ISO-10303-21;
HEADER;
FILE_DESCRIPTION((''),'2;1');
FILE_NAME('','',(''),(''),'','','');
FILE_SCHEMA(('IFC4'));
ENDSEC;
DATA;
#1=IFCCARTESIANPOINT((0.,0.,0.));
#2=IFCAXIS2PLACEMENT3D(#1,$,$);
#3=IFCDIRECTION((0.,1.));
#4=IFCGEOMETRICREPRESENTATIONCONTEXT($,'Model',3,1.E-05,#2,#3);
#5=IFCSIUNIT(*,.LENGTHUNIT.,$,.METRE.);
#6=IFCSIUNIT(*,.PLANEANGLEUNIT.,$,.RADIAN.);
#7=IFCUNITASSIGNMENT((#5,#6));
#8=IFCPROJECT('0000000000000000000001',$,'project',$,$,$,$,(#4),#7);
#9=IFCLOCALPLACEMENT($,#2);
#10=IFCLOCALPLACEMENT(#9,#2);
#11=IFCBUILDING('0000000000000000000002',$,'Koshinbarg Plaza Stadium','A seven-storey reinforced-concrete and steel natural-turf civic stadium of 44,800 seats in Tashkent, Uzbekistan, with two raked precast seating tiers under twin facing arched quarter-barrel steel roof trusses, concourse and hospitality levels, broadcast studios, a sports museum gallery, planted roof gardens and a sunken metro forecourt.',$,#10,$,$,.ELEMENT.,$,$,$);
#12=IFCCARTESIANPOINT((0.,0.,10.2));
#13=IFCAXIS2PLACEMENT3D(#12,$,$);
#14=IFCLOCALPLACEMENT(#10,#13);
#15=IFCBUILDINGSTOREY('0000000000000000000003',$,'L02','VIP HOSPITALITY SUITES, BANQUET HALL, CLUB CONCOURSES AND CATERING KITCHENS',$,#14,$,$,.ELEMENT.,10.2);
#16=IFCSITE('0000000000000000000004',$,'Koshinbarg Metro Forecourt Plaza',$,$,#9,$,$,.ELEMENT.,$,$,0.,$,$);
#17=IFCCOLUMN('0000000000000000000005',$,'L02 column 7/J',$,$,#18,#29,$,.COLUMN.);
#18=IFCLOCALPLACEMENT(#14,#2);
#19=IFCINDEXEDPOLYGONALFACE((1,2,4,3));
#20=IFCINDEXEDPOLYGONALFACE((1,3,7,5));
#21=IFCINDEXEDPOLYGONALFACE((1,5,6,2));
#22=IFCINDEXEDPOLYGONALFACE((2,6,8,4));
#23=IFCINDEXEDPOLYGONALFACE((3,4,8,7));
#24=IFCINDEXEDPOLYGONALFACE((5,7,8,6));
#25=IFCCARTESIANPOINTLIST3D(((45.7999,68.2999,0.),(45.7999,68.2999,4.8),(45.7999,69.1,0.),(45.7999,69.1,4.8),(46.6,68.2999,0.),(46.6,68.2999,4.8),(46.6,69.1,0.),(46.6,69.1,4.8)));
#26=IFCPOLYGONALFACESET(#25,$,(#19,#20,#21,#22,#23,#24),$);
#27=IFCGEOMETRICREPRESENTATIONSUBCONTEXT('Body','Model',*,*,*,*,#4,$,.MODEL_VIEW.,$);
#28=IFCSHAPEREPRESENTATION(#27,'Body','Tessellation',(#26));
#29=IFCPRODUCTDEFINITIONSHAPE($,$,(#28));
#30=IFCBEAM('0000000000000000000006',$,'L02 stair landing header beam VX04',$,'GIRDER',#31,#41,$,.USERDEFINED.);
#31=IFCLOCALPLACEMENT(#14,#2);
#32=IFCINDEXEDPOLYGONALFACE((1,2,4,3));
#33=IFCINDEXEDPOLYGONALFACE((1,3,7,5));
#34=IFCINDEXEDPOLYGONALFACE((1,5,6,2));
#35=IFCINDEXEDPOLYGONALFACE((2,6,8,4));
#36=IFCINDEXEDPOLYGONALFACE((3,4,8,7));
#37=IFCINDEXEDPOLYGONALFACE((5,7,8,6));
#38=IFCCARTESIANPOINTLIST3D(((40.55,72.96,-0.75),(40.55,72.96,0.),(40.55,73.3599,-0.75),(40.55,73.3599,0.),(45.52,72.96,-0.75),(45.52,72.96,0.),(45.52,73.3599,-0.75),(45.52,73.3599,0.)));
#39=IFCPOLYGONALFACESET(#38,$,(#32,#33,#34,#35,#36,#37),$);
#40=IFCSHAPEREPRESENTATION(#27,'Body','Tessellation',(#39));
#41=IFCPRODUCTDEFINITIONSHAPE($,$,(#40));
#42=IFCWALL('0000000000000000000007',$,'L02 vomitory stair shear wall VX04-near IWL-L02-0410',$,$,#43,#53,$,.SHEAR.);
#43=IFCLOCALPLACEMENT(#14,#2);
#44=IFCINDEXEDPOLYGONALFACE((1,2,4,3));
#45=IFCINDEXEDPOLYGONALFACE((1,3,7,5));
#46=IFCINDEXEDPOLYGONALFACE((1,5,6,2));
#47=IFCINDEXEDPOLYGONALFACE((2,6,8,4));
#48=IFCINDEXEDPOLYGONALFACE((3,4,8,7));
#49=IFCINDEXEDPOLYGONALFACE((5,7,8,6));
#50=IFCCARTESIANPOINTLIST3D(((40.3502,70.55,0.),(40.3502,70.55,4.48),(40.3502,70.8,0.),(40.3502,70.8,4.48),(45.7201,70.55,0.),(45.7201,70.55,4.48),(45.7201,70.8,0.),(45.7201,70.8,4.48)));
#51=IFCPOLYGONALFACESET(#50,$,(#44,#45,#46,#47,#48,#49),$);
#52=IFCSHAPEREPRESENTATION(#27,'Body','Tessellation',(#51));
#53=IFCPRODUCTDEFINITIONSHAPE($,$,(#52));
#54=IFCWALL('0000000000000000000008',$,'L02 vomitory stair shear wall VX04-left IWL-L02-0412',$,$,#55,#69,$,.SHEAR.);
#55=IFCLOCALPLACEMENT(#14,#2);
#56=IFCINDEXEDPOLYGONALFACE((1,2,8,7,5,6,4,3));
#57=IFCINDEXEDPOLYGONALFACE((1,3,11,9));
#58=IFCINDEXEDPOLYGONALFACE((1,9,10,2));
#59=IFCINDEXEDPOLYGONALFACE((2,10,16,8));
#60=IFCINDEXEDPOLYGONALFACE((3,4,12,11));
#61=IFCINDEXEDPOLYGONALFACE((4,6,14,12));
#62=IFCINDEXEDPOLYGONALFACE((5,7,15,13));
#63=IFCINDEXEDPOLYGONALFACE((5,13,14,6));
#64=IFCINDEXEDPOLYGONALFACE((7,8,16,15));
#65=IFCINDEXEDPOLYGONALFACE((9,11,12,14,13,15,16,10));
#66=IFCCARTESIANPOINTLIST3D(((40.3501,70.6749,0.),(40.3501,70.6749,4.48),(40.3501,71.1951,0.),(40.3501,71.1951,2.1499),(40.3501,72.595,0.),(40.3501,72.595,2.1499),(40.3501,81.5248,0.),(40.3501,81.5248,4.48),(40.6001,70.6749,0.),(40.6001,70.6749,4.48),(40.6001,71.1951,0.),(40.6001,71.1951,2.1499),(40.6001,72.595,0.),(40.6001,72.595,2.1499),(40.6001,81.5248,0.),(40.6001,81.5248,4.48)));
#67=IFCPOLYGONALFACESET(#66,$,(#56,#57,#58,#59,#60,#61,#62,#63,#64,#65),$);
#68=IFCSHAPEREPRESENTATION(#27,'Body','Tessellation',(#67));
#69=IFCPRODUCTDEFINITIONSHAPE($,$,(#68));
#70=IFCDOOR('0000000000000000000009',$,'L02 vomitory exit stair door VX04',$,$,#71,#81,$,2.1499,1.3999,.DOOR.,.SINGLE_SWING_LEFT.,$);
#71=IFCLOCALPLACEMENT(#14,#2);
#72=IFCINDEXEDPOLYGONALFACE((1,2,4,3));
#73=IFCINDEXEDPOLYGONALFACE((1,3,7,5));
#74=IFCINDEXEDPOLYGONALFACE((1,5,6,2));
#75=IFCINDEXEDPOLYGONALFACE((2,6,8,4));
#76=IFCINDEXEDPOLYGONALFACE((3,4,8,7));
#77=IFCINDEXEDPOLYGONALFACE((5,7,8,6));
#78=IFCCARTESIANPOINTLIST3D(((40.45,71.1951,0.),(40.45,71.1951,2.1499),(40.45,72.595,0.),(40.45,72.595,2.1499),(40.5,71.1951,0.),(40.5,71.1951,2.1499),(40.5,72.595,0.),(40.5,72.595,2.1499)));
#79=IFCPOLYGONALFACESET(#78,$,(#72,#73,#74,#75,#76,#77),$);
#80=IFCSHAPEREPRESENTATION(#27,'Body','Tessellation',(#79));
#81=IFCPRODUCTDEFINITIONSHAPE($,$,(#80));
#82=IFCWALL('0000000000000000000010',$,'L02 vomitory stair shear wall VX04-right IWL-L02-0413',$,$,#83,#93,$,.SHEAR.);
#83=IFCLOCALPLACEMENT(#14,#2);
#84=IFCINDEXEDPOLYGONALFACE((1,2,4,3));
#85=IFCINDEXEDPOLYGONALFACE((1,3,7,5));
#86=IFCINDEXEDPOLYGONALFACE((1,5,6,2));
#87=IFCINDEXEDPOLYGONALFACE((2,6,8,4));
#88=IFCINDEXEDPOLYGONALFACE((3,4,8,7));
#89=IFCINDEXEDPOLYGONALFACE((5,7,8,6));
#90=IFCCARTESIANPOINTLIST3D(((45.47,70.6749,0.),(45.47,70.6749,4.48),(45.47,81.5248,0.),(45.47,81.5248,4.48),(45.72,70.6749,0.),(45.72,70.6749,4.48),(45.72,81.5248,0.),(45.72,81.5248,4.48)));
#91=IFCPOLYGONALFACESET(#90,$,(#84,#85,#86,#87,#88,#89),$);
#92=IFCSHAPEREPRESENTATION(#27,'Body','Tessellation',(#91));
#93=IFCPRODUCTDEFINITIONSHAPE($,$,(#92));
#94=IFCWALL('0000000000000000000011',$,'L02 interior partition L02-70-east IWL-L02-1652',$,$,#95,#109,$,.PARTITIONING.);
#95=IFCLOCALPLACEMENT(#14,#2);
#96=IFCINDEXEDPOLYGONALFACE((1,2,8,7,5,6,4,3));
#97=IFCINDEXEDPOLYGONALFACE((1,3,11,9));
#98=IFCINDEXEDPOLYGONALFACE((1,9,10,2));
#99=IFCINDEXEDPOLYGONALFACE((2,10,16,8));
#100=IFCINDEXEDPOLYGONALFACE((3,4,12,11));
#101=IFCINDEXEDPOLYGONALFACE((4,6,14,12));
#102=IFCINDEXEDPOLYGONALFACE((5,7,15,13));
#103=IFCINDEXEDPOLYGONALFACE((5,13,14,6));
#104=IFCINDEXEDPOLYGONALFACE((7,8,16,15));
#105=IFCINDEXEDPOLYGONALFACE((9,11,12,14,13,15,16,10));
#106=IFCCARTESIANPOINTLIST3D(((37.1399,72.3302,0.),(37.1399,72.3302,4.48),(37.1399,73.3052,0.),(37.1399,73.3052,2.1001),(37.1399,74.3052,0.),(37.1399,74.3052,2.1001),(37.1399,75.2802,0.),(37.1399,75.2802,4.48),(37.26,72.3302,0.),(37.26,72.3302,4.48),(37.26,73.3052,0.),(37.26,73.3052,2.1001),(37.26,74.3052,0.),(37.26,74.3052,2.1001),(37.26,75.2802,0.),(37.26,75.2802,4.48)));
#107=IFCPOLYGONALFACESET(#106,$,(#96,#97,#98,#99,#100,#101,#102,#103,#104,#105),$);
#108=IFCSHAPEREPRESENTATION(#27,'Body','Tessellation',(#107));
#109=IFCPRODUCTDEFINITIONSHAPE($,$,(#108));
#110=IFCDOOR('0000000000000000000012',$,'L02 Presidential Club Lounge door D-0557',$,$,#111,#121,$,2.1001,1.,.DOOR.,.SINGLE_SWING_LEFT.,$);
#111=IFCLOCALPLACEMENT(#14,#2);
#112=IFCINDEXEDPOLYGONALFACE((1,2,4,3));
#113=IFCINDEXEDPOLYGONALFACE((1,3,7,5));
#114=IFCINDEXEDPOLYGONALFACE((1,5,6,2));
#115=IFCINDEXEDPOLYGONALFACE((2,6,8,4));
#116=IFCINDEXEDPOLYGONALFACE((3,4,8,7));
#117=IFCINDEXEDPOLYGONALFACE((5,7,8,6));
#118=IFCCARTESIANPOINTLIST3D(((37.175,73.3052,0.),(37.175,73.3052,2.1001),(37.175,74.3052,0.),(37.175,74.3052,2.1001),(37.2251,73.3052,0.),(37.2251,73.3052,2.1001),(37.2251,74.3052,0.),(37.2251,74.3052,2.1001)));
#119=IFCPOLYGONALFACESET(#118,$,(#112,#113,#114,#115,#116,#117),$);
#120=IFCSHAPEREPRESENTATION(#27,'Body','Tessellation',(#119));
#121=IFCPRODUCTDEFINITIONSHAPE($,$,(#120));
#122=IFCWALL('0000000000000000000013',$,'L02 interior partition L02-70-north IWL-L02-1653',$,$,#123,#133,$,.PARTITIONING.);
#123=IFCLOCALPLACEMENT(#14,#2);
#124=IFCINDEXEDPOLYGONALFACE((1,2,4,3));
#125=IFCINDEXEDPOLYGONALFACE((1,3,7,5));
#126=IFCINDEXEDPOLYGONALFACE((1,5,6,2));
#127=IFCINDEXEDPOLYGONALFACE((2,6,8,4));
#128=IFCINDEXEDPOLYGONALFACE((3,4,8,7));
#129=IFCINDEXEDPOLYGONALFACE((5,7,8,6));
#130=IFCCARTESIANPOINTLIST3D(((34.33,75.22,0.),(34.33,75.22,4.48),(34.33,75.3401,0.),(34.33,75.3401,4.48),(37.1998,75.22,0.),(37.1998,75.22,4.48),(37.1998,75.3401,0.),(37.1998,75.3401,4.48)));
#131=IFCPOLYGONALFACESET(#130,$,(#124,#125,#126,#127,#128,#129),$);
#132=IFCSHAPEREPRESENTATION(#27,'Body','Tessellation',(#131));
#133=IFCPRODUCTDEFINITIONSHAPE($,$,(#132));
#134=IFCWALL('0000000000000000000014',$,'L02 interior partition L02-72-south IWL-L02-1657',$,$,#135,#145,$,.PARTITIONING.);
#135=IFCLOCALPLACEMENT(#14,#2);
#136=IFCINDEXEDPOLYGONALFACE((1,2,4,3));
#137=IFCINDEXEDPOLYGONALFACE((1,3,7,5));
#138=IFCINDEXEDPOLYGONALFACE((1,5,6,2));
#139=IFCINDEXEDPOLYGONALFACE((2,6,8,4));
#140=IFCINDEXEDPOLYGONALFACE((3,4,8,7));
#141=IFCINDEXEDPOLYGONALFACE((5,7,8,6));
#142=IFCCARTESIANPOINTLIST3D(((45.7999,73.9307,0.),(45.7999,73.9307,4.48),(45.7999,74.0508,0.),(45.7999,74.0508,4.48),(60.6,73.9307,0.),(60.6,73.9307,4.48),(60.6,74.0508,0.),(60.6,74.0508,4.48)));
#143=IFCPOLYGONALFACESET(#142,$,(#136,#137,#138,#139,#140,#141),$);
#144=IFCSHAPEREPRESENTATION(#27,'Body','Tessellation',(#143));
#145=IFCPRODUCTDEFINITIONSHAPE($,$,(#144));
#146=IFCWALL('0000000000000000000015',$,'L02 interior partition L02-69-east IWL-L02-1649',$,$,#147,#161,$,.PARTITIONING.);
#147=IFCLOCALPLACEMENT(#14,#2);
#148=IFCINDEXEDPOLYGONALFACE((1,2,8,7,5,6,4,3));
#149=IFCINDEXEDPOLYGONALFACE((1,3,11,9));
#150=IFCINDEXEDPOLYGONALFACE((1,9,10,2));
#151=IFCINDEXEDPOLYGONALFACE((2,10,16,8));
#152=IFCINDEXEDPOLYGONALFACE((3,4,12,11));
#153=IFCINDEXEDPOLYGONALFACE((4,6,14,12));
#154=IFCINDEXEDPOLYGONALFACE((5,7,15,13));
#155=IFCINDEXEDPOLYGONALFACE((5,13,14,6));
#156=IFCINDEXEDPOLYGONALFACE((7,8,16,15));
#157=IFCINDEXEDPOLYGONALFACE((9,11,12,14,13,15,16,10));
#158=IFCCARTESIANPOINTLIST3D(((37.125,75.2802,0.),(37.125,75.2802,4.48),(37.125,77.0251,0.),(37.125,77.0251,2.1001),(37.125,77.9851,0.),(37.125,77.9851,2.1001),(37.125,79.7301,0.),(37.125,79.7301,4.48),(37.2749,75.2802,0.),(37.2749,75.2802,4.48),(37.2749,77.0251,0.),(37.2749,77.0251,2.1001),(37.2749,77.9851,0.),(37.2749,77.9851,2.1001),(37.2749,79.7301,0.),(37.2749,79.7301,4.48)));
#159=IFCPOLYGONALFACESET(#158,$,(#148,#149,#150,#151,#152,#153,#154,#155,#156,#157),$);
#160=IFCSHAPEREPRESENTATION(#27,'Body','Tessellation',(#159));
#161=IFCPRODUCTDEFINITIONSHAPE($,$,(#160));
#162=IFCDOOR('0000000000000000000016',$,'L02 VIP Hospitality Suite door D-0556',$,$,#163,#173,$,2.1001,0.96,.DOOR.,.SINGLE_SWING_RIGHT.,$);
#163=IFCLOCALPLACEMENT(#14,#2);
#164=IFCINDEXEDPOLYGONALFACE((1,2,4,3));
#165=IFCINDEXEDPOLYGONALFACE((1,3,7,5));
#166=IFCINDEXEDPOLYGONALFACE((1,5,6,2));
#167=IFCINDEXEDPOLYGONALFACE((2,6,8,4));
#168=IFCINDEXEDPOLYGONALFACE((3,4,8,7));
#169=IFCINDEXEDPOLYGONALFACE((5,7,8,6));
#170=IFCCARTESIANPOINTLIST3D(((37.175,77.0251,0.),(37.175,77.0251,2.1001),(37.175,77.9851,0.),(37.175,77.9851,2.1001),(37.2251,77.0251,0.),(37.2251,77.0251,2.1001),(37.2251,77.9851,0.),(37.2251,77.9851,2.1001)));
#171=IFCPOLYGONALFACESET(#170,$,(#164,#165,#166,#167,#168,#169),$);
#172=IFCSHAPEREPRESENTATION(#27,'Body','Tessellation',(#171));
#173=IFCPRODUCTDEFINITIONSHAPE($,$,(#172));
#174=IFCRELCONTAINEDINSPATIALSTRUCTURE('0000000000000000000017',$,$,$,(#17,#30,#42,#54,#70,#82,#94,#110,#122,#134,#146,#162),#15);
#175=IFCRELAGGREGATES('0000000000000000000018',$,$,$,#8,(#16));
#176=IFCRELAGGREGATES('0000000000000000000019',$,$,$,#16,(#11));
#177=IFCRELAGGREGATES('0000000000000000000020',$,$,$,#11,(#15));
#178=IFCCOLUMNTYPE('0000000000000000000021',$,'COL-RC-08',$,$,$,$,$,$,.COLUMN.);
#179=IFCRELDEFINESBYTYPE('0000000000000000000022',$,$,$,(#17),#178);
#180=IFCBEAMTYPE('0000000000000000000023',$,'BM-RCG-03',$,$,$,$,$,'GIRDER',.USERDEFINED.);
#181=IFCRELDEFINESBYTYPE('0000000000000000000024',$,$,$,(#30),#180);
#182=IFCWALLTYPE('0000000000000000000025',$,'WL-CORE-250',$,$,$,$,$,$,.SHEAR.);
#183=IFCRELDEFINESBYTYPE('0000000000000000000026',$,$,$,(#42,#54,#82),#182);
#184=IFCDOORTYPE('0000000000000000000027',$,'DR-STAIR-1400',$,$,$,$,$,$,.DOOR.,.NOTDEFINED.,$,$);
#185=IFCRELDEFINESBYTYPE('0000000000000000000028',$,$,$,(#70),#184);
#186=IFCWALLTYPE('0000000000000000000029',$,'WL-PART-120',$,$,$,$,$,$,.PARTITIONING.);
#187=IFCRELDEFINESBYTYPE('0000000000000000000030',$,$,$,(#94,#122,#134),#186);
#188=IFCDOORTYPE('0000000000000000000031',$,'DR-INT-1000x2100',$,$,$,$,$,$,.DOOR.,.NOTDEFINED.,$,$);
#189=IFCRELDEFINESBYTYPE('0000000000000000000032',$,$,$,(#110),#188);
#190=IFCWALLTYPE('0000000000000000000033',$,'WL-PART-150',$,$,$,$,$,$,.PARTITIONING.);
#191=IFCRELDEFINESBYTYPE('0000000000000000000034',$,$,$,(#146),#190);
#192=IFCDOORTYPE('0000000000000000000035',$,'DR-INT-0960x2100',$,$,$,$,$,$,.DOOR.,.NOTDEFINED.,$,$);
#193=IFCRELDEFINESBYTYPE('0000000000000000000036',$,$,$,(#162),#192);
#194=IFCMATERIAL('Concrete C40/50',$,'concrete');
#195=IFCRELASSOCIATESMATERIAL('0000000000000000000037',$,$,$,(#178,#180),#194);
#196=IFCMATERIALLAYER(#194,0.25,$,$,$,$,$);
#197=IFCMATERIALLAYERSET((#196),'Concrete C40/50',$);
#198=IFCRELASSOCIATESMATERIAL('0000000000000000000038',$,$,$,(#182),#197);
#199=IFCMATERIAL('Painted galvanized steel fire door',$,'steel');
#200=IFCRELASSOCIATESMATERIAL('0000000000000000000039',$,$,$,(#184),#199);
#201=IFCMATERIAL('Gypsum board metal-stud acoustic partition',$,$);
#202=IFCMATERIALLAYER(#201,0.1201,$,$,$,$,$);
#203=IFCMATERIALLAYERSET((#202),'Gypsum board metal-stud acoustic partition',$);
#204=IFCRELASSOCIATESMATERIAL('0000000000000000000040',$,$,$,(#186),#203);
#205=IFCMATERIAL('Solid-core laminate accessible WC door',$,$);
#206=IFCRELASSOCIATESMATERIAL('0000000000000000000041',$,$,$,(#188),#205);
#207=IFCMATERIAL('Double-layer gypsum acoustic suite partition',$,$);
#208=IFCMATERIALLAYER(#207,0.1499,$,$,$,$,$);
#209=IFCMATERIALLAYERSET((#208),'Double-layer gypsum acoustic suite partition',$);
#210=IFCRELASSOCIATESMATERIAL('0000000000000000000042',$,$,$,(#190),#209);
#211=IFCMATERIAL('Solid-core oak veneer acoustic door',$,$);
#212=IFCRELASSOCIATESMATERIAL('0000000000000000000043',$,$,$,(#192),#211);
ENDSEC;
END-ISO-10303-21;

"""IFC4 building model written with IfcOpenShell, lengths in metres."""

from ifc_helpers import new_model, si_unit, direction, frame, frame_2d, origin, origin_2d, place, context, subcontext, project, spatial, rectangle, extrude, material, layer, layer_set, material_profile, profile_set, type_object, element, fill, save


model = new_model("IFC4")

# Units and contexts
model_context = context("Model", 3, precision=1e-05, world=origin(), true_north=direction((0.0, 1.0)))
body_context = subcontext(model_context, "Body", "Model", "MODEL_VIEW")
ifc_project = project(units=[si_unit("LENGTHUNIT", "METRE"), si_unit("PLANEANGLEUNIT", "RADIAN")], contexts=[model_context])

# Site, building, storey
site_placement = place(None, origin())
site = spatial("IfcSite", under=ifc_project, at=site_placement, Name="Koshinbarg Metro Forecourt Plaza", CompositionType="ELEMENT", RefElevation=0.0)
building_placement = place(site_placement, origin())
building = spatial("IfcBuilding", under=site, at=building_placement, Name="Koshinbarg Plaza Stadium", Description="A seven-storey reinforced-concrete and steel natural-turf civic stadium of 44,800 seats in Tashkent, Uzbekistan, with two raked precast seating tiers under twin facing arched quarter-barrel steel roof trusses, concourse and hospitality levels, broadcast studios, a sports museum gallery, planted roof gardens and a sunken metro forecourt.", CompositionType="ELEMENT")
storey_placement = place(building_placement, frame((0.0, 0.0, 10.2)))
storey = spatial("IfcBuildingStorey", under=building, at=storey_placement, Name="L02", Description="VIP HOSPITALITY SUITES, BANQUET HALL, CLUB CONCOURSES AND CATERING KITCHENS", CompositionType="ELEMENT", Elevation=10.2)

# Column
ifc_material_1 = material(Name="Concrete C40/50", Category="concrete")
ifc_material_profile_1 = material_profile(ifc_material_1, rectangle(XDim=0.8, YDim=0.8, at=origin_2d()), Name="RC 800x800")
ifc_profile_set_1 = profile_set([ifc_material_profile_1], Name="Concrete C40/50")
column_type = type_object("IfcColumnType", Name="COL-RC-08", PredefinedType="COLUMN", material=ifc_profile_set_1)
column_placement = place(storey_placement, frame((46.2, 68.7, 0.0), z_axis=(0.0, 0.0, 1.0), x_axis=(1.0, 0.0, 0.0)))
element("IfcColumn", 1, at=column_placement, inside=storey, type_object=column_type, Name="L02 column 7/J", PredefinedType="COLUMN", context=body_context, shape_type="SweptSolid", body=[
    extrude(rectangle(XDim=0.8, YDim=0.8, at=origin_2d()), origin(), (0.0, 0.0, 1.0), 4.8),
])

# Beam
ifc_material_profile_2 = material_profile(ifc_material_1, rectangle(XDim=0.3999, YDim=0.75, at=origin_2d()), Name="RC 400x750")
ifc_profile_set_2 = profile_set([ifc_material_profile_2], Name="Concrete C40/50")
beam_type = type_object("IfcBeamType", Name="BM-RCG-03", ElementType="GIRDER", PredefinedType="USERDEFINED", material=ifc_profile_set_2)
beam_placement = place(storey_placement, frame((40.55, 73.1599, -0.375), z_axis=(1.0, 0.0, 0.0), x_axis=(0.0, 1.0, 0.0)))
element("IfcBeam", 2, at=beam_placement, inside=storey, type_object=beam_type, Name="L02 stair landing header beam VX04", ObjectType="GIRDER", PredefinedType="USERDEFINED", context=body_context, shape_type="SweptSolid", body=[
    extrude(rectangle(XDim=0.3999, YDim=0.75, at=origin_2d()), origin(), (0.0, 0.0, 1.0), 4.97),
])

# Wall
ifc_layer_1 = layer(ifc_material_1, 0.25)
ifc_layer_set_1 = layer_set([ifc_layer_1], Name="Concrete C40/50")
wall_type_1 = type_object("IfcWallType", Name="WL-CORE-250", PredefinedType="SHEAR", material=ifc_layer_set_1)
wall_1_placement = place(storey_placement, frame((40.3501, 70.675, 0.0), z_axis=(0.0, 0.0, 1.0), x_axis=(1.0, 0.0, 0.0)))
element("IfcWall", 3, at=wall_1_placement, inside=storey, type_object=wall_type_1, Name="L02 vomitory stair shear wall VX04-near IWL-L02-0410", PredefinedType="SHEAR", context=body_context, shape_type="SweptSolid", body=[
    extrude(rectangle(XDim=5.3699, YDim=0.25, at=frame_2d((2.6851, 0.0))), origin(), (0.0, 0.0, 1.0), 4.48),
])

# Wall, opening, door
wall_2_placement = place(storey_placement, frame((40.4751, 70.675, 0.0), z_axis=(0.0, 0.0, 1.0), x_axis=(0.0, 1.0, 0.0)))
wall_2 = element("IfcWall", 4, at=wall_2_placement, inside=storey, type_object=wall_type_1, Name="L02 vomitory stair shear wall VX04-left IWL-L02-0412", PredefinedType="SHEAR", context=body_context, shape_type="SweptSolid", body=[
    extrude(rectangle(XDim=10.8499, YDim=0.25, at=frame_2d((5.4248, 0.0))), origin(), (0.0, 0.0, 1.0), 4.48),
])
opening_1_placement = place(wall_2_placement, frame((0.52, 0.0, 0.0)))
opening_1 = element("IfcOpeningElement", 5, at=opening_1_placement, cuts=wall_2, PredefinedType="OPENING", context=body_context, shape_type="SweptSolid", body=[
    extrude(rectangle(XDim=1.3999, YDim=2.1499, at=frame_2d((0.7, 1.075))), frame((0.0, 0.135, 0.0), z_axis=(0.0, -1.0, 0.0), x_axis=(1.0, 0.0, 0.0)), (0.0, 0.0, 1.0), 0.27),
])
ifc_material_2 = material(Name="Painted galvanized steel fire door", Category="steel")
door_type_1 = type_object("IfcDoorType", Name="DR-STAIR-1400", OperationType="NOTDEFINED", PredefinedType="DOOR", material=ifc_material_2)
door_1_placement = place(opening_1_placement, frame((1.3999, 0.0, 0.0), z_axis=(0.0, 0.0, 1.0), x_axis=(-1.0, 0.0, 0.0)))
door_1 = element("IfcDoor", 6, at=door_1_placement, inside=storey, type_object=door_type_1, Name="L02 vomitory exit stair door VX04", OperationType="SINGLE_SWING_LEFT", OverallHeight=2.1499, OverallWidth=1.3999, PredefinedType="DOOR", context=body_context, shape_type="SweptSolid", body=[
    extrude(rectangle(XDim=1.3999, YDim=2.1499, at=frame_2d((0.7, 1.075))), frame((0.0, 0.0249, 0.0), z_axis=(0.0, -1.0, 0.0), x_axis=(1.0, 0.0, 0.0)), (0.0, 0.0, 1.0), 0.05),
])
fill(opening_1, door_1)

# Wall
wall_3_placement = place(storey_placement, frame((45.595, 70.675, 0.0), z_axis=(0.0, 0.0, 1.0), x_axis=(0.0, 1.0, 0.0)))
element("IfcWall", 7, at=wall_3_placement, inside=storey, type_object=wall_type_1, Name="L02 vomitory stair shear wall VX04-right IWL-L02-0413", PredefinedType="SHEAR", context=body_context, shape_type="SweptSolid", body=[
    extrude(rectangle(XDim=10.8499, YDim=0.25, at=frame_2d((5.4248, 0.0))), origin(), (0.0, 0.0, 1.0), 4.48),
])

# Wall, opening, door
ifc_material_3 = material(Name="Gypsum board metal-stud acoustic partition")
ifc_layer_2 = layer(ifc_material_3, 0.1201)
ifc_layer_set_2 = layer_set([ifc_layer_2], Name="Gypsum board metal-stud acoustic partition")
wall_type_2 = type_object("IfcWallType", Name="WL-PART-120", PredefinedType="PARTITIONING", material=ifc_layer_set_2)
wall_4_placement = place(storey_placement, frame((37.2, 72.3301, 0.0), z_axis=(0.0, 0.0, 1.0), x_axis=(0.0, 1.0, 0.0)))
wall_4 = element("IfcWall", 8, at=wall_4_placement, inside=storey, type_object=wall_type_2, Name="L02 interior partition L02-70-east IWL-L02-1652", PredefinedType="PARTITIONING", context=body_context, shape_type="SweptSolid", body=[
    extrude(rectangle(XDim=2.95, YDim=0.1201, at=frame_2d((1.4751, 0.0))), origin(), (0.0, 0.0, 1.0), 4.48),
])
opening_2_placement = place(wall_4_placement, frame((0.9751, 0.0, 0.0)))
opening_2 = element("IfcOpeningElement", 9, at=opening_2_placement, cuts=wall_4, PredefinedType="OPENING", context=body_context, shape_type="SweptSolid", body=[
    extrude(rectangle(XDim=1.0, YDim=2.1001, at=frame_2d((0.5, 1.05))), frame((0.0, 0.0701, 0.0), z_axis=(0.0, -1.0, 0.0), x_axis=(1.0, 0.0, 0.0)), (0.0, 0.0, 1.0), 0.1401),
])
ifc_material_4 = material(Name="Solid-core laminate accessible WC door")
door_type_2 = type_object("IfcDoorType", Name="DR-INT-1000x2100", OperationType="NOTDEFINED", PredefinedType="DOOR", material=ifc_material_4)
door_2_placement = place(opening_2_placement, origin())
door_2 = element("IfcDoor", 10, at=door_2_placement, inside=storey, type_object=door_type_2, Name="L02 Presidential Club Lounge door D-0557", OperationType="SINGLE_SWING_LEFT", OverallHeight=2.1001, OverallWidth=1.0, PredefinedType="DOOR", context=body_context, shape_type="SweptSolid", body=[
    extrude(rectangle(XDim=1.0, YDim=2.1001, at=frame_2d((0.5, 1.05))), frame((0.0, 0.0249, 0.0), z_axis=(0.0, -1.0, 0.0), x_axis=(1.0, 0.0, 0.0)), (0.0, 0.0, 1.0), 0.05),
])
fill(opening_2, door_2)

# Walls
wall_5_placement = place(storey_placement, frame((37.2, 75.28, 0.0), z_axis=(0.0, 0.0, 1.0), x_axis=(-1.0, 0.0, 0.0)))
element("IfcWall", 11, at=wall_5_placement, inside=storey, type_object=wall_type_2, Name="L02 interior partition L02-70-north IWL-L02-1653", PredefinedType="PARTITIONING", context=body_context, shape_type="SweptSolid", body=[
    extrude(rectangle(XDim=2.8699, YDim=0.1201, at=frame_2d((1.4351, 0.0))), origin(), (0.0, 0.0, 1.0), 4.48),
])
wall_6_placement = place(storey_placement, frame((45.8, 73.9907, 0.0), z_axis=(0.0, 0.0, 1.0), x_axis=(1.0, 0.0, 0.0)))
element("IfcWall", 12, at=wall_6_placement, inside=storey, type_object=wall_type_2, Name="L02 interior partition L02-72-south IWL-L02-1657", PredefinedType="PARTITIONING", context=body_context, shape_type="SweptSolid", body=[
    extrude(rectangle(XDim=14.8, YDim=0.1201, at=frame_2d((7.3999, 0.0))), origin(), (0.0, 0.0, 1.0), 4.48),
])

# Wall, opening, door
ifc_material_5 = material(Name="Double-layer gypsum acoustic suite partition")
ifc_layer_3 = layer(ifc_material_5, 0.1499)
ifc_layer_set_3 = layer_set([ifc_layer_3], Name="Double-layer gypsum acoustic suite partition")
wall_type_3 = type_object("IfcWallType", Name="WL-PART-150", PredefinedType="PARTITIONING", material=ifc_layer_set_3)
wall_7_placement = place(storey_placement, frame((37.2, 75.28, 0.0), z_axis=(0.0, 0.0, 1.0), x_axis=(0.0, 1.0, 0.0)))
wall_7 = element("IfcWall", 13, at=wall_7_placement, inside=storey, type_object=wall_type_3, Name="L02 interior partition L02-69-east IWL-L02-1649", PredefinedType="PARTITIONING", context=body_context, shape_type="SweptSolid", body=[
    extrude(rectangle(XDim=4.45, YDim=0.1499, at=frame_2d((2.2251, 0.0))), origin(), (0.0, 0.0, 1.0), 4.48),
])
opening_3_placement = place(wall_7_placement, frame((1.7451, 0.0, 0.0)))
opening_3 = element("IfcOpeningElement", 14, at=opening_3_placement, cuts=wall_7, PredefinedType="OPENING", context=body_context, shape_type="SweptSolid", body=[
    extrude(rectangle(XDim=0.96, YDim=2.1001, at=frame_2d((0.48, 1.05))), frame((0.0, 0.085, 0.0), z_axis=(0.0, -1.0, 0.0), x_axis=(1.0, 0.0, 0.0)), (0.0, 0.0, 1.0), 0.1699),
])
ifc_material_6 = material(Name="Solid-core oak veneer acoustic door")
door_type_3 = type_object("IfcDoorType", Name="DR-INT-0960x2100", OperationType="NOTDEFINED", PredefinedType="DOOR", material=ifc_material_6)
door_3_placement = place(opening_3_placement, origin())
door_3 = element("IfcDoor", 15, at=door_3_placement, inside=storey, type_object=door_type_3, Name="L02 VIP Hospitality Suite door D-0556", OperationType="SINGLE_SWING_RIGHT", OverallHeight=2.1001, OverallWidth=0.96, PredefinedType="DOOR", context=body_context, shape_type="SweptSolid", body=[
    extrude(rectangle(XDim=0.96, YDim=2.1001, at=frame_2d((0.48, 1.05))), frame((0.0, 0.0249, 0.0), z_axis=(0.0, -1.0, 0.0), x_axis=(1.0, 0.0, 0.0)), (0.0, 0.0, 1.0), 0.05),
])
fill(opening_3, door_3)

save(model, "model.ifc")
